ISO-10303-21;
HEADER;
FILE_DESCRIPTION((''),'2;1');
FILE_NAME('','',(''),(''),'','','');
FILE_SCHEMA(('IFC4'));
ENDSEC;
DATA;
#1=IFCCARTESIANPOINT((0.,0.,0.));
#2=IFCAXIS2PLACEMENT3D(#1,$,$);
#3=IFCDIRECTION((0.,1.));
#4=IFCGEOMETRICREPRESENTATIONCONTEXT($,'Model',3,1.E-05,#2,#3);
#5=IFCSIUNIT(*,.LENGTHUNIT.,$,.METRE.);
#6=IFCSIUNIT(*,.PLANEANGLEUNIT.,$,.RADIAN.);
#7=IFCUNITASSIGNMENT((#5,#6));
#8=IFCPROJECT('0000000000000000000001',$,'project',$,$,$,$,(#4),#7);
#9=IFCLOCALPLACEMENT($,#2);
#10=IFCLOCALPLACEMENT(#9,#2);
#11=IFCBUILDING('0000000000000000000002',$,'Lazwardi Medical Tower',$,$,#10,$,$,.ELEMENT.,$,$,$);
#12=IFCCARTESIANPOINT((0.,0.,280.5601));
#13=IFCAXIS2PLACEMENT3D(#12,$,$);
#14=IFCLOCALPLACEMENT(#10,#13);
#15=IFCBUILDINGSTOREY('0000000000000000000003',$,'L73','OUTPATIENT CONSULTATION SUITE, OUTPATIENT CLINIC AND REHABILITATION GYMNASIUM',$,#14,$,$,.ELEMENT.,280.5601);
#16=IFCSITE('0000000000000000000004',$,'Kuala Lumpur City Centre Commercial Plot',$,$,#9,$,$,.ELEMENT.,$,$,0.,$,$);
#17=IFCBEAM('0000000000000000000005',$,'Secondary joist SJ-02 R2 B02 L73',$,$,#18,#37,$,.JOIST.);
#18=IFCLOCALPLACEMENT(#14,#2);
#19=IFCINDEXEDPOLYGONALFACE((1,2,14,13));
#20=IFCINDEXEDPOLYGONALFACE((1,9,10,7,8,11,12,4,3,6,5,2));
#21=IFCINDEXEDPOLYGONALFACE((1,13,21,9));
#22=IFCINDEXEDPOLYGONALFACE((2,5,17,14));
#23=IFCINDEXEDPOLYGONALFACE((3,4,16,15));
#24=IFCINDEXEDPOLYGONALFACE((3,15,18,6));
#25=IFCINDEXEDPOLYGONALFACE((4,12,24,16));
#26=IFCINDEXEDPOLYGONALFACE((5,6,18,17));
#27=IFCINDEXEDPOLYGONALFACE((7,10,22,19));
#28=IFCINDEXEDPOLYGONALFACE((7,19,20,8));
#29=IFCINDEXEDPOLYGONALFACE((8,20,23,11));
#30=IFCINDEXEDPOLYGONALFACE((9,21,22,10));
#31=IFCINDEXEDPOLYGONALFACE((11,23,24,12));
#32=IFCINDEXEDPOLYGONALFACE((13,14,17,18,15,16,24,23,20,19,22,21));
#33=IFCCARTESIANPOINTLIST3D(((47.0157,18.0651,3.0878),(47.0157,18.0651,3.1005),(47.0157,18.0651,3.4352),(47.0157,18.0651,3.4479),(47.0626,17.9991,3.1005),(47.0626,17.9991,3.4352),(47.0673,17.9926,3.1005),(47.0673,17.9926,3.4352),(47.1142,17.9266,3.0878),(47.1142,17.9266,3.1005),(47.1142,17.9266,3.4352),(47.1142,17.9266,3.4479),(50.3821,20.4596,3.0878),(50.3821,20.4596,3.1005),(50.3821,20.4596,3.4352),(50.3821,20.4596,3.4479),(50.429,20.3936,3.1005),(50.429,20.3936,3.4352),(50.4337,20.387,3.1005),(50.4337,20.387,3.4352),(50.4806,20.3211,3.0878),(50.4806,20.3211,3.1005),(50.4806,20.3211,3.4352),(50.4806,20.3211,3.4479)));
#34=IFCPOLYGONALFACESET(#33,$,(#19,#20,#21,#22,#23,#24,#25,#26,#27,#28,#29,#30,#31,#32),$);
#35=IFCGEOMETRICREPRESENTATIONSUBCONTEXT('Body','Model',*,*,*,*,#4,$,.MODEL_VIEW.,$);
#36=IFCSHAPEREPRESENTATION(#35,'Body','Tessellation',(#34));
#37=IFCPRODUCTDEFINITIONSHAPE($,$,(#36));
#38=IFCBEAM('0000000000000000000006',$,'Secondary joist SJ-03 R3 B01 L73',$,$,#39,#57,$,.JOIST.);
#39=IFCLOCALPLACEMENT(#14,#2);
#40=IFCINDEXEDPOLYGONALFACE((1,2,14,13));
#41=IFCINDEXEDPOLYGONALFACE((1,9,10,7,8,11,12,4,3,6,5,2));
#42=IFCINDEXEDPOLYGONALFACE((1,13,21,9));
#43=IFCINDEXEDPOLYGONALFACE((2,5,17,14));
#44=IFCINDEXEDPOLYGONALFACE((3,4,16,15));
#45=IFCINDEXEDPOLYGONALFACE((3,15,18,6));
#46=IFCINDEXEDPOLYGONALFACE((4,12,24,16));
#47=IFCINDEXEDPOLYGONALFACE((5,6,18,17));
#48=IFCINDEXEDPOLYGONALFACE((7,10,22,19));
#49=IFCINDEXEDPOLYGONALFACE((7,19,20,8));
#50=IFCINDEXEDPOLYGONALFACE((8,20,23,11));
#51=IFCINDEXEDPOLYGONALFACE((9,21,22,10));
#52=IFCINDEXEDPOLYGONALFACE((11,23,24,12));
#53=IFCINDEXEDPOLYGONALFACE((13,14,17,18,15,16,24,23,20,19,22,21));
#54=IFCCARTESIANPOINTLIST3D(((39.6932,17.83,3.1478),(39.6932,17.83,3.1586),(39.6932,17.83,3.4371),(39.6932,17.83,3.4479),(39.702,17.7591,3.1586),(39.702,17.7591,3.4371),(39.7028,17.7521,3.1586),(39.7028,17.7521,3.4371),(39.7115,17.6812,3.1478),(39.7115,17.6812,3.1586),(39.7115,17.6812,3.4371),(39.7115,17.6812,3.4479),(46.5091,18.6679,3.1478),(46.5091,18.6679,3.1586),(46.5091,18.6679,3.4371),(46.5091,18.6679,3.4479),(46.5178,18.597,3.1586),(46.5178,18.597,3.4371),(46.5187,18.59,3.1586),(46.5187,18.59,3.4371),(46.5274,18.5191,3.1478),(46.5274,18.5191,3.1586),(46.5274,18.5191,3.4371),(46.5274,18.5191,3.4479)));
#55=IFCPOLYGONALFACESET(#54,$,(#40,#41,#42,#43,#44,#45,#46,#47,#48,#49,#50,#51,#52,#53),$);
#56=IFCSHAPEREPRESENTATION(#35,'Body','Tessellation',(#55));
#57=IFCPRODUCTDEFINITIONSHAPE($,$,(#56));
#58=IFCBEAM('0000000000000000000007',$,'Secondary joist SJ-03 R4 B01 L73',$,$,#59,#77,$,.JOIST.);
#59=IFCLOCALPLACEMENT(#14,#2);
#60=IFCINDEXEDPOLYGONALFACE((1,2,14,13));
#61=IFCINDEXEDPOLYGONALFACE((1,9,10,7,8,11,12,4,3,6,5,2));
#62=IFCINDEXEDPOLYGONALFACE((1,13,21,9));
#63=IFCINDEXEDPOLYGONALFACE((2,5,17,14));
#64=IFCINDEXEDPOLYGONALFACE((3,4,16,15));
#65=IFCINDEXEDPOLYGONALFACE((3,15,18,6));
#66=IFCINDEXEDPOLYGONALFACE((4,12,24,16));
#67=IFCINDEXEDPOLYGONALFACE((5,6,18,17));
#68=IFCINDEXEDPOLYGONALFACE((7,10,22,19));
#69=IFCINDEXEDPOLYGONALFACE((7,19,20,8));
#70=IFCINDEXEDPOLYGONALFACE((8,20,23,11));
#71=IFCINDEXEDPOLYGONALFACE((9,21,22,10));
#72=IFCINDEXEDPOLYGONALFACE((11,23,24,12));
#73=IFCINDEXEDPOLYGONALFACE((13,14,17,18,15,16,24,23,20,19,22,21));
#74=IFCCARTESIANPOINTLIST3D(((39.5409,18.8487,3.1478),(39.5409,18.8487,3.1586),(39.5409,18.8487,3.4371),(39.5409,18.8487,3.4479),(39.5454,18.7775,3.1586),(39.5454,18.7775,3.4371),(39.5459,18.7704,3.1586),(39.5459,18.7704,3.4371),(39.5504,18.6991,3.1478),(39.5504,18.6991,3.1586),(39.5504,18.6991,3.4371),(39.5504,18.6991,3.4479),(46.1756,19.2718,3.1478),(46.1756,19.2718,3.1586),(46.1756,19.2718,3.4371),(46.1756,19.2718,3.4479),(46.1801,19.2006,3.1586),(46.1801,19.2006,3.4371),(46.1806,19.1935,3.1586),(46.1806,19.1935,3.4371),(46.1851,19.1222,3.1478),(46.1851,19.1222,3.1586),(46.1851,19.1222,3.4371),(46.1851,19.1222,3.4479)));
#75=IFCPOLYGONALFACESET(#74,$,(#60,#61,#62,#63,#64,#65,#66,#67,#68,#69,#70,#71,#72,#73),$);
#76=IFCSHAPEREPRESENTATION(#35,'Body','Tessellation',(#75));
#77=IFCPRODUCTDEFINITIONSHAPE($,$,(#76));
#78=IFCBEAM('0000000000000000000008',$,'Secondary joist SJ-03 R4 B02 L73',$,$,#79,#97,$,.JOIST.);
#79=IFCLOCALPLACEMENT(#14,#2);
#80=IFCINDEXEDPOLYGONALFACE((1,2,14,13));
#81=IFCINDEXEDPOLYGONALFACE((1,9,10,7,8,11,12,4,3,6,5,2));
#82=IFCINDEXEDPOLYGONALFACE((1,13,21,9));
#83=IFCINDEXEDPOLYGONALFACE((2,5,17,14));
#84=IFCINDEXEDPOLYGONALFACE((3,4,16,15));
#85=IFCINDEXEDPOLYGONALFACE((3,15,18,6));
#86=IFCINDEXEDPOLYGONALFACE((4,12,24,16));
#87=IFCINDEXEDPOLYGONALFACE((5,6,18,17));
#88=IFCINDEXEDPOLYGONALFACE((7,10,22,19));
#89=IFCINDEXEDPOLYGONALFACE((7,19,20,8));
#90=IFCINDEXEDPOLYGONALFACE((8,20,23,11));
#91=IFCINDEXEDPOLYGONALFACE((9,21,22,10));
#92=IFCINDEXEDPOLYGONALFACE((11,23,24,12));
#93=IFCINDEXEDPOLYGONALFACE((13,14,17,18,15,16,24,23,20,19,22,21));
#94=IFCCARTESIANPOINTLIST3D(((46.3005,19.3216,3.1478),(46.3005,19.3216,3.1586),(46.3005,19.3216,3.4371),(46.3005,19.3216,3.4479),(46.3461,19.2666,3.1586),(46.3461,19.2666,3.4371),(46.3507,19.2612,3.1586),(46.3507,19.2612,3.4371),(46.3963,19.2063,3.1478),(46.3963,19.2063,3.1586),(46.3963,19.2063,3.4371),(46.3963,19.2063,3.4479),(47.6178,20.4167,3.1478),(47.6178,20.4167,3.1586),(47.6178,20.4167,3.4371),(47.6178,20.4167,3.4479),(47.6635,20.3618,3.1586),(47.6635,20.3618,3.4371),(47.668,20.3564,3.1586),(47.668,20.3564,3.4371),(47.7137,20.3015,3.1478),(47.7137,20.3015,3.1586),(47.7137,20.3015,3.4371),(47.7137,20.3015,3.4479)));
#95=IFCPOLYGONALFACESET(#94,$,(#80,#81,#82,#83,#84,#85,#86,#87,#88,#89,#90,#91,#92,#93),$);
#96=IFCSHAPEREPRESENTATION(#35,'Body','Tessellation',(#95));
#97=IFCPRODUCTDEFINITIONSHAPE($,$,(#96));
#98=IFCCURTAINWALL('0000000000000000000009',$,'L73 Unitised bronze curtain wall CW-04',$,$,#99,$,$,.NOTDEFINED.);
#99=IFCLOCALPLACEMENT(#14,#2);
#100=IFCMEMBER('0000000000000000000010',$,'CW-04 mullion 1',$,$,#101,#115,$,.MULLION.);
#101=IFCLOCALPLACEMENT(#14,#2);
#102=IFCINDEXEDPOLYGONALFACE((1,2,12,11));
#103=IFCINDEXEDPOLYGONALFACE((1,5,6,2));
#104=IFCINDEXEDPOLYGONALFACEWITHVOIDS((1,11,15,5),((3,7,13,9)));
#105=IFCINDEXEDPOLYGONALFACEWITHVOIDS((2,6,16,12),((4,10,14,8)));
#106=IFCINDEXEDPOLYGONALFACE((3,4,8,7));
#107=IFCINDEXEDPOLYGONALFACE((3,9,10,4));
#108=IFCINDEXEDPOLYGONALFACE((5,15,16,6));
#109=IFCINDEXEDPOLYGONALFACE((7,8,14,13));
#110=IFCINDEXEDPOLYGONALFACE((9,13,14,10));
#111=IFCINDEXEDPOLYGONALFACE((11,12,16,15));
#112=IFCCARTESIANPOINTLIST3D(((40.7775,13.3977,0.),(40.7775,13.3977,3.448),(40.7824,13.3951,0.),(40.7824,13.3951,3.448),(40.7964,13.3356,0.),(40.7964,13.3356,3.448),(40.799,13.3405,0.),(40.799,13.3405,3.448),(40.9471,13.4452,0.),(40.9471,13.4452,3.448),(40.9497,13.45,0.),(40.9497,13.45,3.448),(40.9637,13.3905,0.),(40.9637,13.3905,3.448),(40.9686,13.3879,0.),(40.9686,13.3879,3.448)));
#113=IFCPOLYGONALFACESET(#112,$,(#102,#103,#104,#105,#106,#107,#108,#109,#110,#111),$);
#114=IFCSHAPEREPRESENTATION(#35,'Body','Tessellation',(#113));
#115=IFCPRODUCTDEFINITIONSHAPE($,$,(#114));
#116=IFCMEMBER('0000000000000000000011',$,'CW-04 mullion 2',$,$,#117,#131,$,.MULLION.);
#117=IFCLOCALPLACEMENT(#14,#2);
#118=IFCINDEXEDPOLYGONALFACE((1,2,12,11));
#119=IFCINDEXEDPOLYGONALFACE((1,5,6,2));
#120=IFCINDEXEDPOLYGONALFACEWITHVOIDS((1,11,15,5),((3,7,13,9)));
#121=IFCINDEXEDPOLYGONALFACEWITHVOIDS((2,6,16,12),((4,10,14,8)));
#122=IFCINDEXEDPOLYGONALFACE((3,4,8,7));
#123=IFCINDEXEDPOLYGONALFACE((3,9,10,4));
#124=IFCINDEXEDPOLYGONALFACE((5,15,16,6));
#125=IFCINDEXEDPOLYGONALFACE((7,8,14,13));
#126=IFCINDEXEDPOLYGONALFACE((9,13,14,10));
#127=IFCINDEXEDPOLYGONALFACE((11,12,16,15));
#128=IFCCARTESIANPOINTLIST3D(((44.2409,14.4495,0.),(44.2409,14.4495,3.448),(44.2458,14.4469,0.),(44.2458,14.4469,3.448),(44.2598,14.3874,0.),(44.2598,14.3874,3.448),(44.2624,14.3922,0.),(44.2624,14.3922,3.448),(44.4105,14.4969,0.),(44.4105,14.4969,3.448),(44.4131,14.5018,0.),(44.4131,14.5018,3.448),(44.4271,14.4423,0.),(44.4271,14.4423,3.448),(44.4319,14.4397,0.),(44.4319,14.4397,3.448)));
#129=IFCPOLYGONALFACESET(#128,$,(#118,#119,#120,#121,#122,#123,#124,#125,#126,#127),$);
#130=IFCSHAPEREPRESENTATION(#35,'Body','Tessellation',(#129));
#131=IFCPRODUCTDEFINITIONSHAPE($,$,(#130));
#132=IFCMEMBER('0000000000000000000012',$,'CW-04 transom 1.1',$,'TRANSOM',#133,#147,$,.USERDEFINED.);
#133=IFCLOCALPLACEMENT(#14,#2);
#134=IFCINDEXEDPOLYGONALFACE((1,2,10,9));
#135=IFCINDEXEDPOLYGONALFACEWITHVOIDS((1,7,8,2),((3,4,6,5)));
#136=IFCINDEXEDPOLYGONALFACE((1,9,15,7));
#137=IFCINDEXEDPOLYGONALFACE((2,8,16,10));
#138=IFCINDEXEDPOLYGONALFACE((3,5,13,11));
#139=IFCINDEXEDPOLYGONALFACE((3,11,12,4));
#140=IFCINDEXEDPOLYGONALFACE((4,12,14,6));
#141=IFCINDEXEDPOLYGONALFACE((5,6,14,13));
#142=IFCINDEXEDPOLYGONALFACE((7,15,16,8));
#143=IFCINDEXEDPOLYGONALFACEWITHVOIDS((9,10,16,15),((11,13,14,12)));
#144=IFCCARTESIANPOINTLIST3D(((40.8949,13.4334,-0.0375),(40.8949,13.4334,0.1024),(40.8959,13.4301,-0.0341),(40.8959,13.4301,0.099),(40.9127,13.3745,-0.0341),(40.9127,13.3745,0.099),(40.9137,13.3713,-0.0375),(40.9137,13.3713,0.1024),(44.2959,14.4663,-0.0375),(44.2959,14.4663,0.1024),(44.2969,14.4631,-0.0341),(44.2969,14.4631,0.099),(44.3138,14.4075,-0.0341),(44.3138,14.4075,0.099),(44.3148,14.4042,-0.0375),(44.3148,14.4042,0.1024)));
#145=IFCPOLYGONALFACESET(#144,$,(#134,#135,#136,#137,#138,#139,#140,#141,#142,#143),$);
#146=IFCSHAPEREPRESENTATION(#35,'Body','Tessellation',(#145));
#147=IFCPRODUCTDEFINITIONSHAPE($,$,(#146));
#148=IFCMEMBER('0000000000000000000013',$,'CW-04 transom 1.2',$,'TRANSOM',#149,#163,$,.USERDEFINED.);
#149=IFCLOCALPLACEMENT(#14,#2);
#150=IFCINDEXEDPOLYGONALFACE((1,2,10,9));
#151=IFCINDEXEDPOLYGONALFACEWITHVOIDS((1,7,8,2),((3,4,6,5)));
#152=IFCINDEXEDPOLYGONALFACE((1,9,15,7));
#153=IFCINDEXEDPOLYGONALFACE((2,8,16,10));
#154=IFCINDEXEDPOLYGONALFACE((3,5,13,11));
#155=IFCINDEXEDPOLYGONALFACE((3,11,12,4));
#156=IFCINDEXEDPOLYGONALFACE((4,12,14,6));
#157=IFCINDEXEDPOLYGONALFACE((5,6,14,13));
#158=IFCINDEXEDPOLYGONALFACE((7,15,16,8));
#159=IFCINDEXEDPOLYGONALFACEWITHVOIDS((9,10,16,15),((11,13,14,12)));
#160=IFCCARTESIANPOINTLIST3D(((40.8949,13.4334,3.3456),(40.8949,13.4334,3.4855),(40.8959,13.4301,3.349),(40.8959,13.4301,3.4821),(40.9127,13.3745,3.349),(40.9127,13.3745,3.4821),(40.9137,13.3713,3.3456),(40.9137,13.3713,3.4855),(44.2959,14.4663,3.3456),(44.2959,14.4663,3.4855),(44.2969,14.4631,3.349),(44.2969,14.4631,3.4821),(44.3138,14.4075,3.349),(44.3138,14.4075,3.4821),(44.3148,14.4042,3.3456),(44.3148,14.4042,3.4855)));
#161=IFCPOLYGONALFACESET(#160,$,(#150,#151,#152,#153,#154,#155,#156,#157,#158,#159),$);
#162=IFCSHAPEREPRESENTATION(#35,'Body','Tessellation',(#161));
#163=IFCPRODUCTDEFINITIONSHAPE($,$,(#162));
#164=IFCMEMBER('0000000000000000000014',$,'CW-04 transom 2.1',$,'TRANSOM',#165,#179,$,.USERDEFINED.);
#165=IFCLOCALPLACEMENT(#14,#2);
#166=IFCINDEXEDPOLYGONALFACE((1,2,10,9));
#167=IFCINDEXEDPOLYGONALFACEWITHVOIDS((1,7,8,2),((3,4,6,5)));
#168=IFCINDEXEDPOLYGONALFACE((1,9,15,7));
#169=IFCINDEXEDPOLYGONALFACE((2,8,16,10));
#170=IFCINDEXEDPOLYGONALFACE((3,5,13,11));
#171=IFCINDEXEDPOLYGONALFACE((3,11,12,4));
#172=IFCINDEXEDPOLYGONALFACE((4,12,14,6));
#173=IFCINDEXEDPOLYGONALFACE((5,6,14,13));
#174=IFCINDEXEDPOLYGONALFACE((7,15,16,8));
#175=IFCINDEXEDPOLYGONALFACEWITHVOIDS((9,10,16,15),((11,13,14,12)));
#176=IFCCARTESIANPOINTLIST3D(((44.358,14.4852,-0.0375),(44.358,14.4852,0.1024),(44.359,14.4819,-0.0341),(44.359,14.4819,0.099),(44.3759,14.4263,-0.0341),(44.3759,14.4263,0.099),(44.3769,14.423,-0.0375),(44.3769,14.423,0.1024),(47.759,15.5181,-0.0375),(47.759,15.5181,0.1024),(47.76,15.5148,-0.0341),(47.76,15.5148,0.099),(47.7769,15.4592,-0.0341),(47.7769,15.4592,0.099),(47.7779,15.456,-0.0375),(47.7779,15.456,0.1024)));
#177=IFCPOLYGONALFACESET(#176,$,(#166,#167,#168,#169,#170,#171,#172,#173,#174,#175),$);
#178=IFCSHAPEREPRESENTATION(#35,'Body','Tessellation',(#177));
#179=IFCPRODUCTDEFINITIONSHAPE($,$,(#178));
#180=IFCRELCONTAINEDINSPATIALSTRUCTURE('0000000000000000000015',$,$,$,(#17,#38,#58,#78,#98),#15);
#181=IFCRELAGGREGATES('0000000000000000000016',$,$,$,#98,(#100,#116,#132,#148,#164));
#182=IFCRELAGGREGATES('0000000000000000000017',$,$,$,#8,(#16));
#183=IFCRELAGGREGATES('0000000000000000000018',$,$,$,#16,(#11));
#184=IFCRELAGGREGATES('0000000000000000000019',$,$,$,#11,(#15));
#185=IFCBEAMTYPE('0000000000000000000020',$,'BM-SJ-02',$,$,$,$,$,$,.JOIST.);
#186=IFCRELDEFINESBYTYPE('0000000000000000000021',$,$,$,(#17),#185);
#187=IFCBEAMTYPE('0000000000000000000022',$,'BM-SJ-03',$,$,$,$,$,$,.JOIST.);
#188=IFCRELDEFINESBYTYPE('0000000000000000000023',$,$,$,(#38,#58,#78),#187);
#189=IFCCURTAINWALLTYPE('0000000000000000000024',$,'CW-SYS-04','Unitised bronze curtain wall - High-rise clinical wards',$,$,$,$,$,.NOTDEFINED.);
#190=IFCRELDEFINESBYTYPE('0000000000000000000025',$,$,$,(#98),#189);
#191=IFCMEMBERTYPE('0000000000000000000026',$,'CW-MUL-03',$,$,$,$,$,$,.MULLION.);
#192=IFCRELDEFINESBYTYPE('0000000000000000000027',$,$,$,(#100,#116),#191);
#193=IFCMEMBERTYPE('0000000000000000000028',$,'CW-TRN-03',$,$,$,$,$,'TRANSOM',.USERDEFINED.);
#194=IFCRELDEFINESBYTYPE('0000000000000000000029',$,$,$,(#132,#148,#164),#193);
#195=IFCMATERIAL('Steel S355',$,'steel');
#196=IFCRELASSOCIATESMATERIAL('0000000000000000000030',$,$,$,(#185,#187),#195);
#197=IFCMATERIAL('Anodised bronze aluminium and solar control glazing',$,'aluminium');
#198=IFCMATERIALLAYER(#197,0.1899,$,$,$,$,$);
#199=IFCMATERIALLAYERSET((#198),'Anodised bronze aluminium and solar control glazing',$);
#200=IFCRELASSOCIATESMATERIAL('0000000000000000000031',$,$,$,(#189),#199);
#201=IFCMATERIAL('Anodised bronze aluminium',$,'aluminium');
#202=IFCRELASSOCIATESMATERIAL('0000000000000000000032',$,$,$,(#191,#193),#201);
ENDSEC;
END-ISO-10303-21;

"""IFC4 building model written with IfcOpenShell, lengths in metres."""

from ifc_helpers import new_model, si_unit, direction, frame, origin, origin_2d, place, context, subcontext, project, spatial, hollow_rectangle, i_section, extrude, material, layer, layer_set, material_profile, profile_set, type_object, element, aggregate, save


model = new_model("IFC4")

# Units and contexts
model_context = context("Model", 3, precision=1e-05, world=origin(), true_north=direction((0.0, 1.0)))
body_context = subcontext(model_context, "Body", "Model", "MODEL_VIEW")
ifc_project = project(units=[si_unit("LENGTHUNIT", "METRE"), si_unit("PLANEANGLEUNIT", "RADIAN")], contexts=[model_context])

# Site, building, storey
site_placement = place(None, origin())
site = spatial("IfcSite", under=ifc_project, at=site_placement, Name="Kuala Lumpur City Centre Commercial Plot", CompositionType="ELEMENT", RefElevation=0.0)
building_placement = place(site_placement, origin())
building = spatial("IfcBuilding", under=site, at=building_placement, Name="Lazwardi Medical Tower", CompositionType="ELEMENT")
storey_placement = place(building_placement, frame((0.0, 0.0, 280.5601)))
storey = spatial("IfcBuildingStorey", under=building, at=storey_placement, Name="L73", Description="OUTPATIENT CONSULTATION SUITE, OUTPATIENT CLINIC AND REHABILITATION GYMNASIUM", CompositionType="ELEMENT", Elevation=280.5601)

# Beams
ifc_material_1 = material(Name="Steel S355", Category="steel")
ifc_material_profile_1 = material_profile(ifc_material_1, i_section(OverallWidth=0.1699, OverallDepth=0.3601, WebThickness=0.0081, FlangeThickness=0.0127, at=origin_2d()), Name="IPE 360")
ifc_profile_set_1 = profile_set([ifc_material_profile_1], Name="Steel S355")
beam_type_1 = type_object("IfcBeamType", Name="BM-SJ-02", PredefinedType="JOIST", material=ifc_profile_set_1)
beam_1_placement = place(storey_placement, frame((47.0649, 17.9958, 3.2678), z_axis=(0.814886, 0.579621, 0.0), x_axis=(-0.579621, 0.814886, 0.0)))
element("IfcBeam", 1, at=beam_1_placement, inside=storey, type_object=beam_type_1, Name="Secondary joist SJ-02 R2 B02 L73", PredefinedType="JOIST", context=body_context, shape_type="SweptSolid", body=[
    extrude(i_section(OverallWidth=0.1699, OverallDepth=0.3601, WebThickness=0.0081, FlangeThickness=0.0127, at=origin_2d()), origin(), (0.0, 0.0, 1.0), 4.1311),
])
ifc_material_profile_2 = material_profile(ifc_material_1, i_section(OverallWidth=0.1499, OverallDepth=0.3, WebThickness=0.0071, FlangeThickness=0.0107, at=origin_2d()), Name="IPE 300")
ifc_profile_set_2 = profile_set([ifc_material_profile_2], Name="Steel S355")
beam_type_2 = type_object("IfcBeamType", Name="BM-SJ-03", PredefinedType="JOIST", material=ifc_profile_set_2)
beam_2_placement = place(storey_placement, frame((39.7024, 17.7556, 3.2979), z_axis=(0.992529, 0.122013, 0.0), x_axis=(-0.122013, 0.992529, 0.0)))
element("IfcBeam", 2, at=beam_2_placement, inside=storey, type_object=beam_type_2, Name="Secondary joist SJ-03 R3 B01 L73", PredefinedType="JOIST", context=body_context, shape_type="SweptSolid", body=[
    extrude(i_section(OverallWidth=0.1499, OverallDepth=0.3, WebThickness=0.0071, FlangeThickness=0.0107, at=origin_2d()), origin(), (0.0, 0.0, 1.0), 6.8672),
])
beam_3_placement = place(storey_placement, frame((39.5457, 18.7739, 3.2979), z_axis=(0.997973, 0.06364, 0.0), x_axis=(-0.06364, 0.997973, 0.0)))
element("IfcBeam", 3, at=beam_3_placement, inside=storey, type_object=beam_type_2, Name="Secondary joist SJ-03 R4 B01 L73", PredefinedType="JOIST", context=body_context, shape_type="SweptSolid", body=[
    extrude(i_section(OverallWidth=0.1499, OverallDepth=0.3, WebThickness=0.0071, FlangeThickness=0.0107, at=origin_2d()), origin(), (0.0, 0.0, 1.0), 6.6482),
])
beam_4_placement = place(storey_placement, frame((46.3484, 19.2639, 3.2979), z_axis=(0.768968, 0.639287, 0.0), x_axis=(-0.639287, 0.768968, 0.0)))
element("IfcBeam", 4, at=beam_4_placement, inside=storey, type_object=beam_type_2, Name="Secondary joist SJ-03 R4 B02 L73", PredefinedType="JOIST", context=body_context, shape_type="SweptSolid", body=[
    extrude(i_section(OverallWidth=0.1499, OverallDepth=0.3, WebThickness=0.0071, FlangeThickness=0.0107, at=origin_2d()), origin(), (0.0, 0.0, 1.0), 1.7131),
])

# Curtain wall, members
ifc_material_2 = material(Name="Anodised bronze aluminium and solar control glazing", Category="aluminium")
ifc_layer_1 = layer(ifc_material_2, 0.1899)
ifc_layer_set_1 = layer_set([ifc_layer_1], Name="Anodised bronze aluminium and solar control glazing")
curtain_wall_type = type_object("IfcCurtainWallType", Name="CW-SYS-04", Description="Unitised bronze curtain wall - High-rise clinical wards", PredefinedType="NOTDEFINED", material=ifc_layer_set_1)
curtain_wall_placement = place(storey_placement, origin())
curtain_wall = element("IfcCurtainWall", 5, at=curtain_wall_placement, inside=storey, type_object=curtain_wall_type, Name="L73 Unitised bronze curtain wall CW-04", PredefinedType="NOTDEFINED")
ifc_material_3 = material(Name="Anodised bronze aluminium", Category="aluminium")
ifc_material_profile_3 = material_profile(ifc_material_3, hollow_rectangle(XDim=0.0649, YDim=0.1799, WallThickness=0.0039, at=origin_2d()), Name="ALU-MULLION 180x65x4")
ifc_profile_set_3 = profile_set([ifc_material_profile_3], Name="Anodised bronze aluminium")
member_type_1 = type_object("IfcMemberType", Name="CW-MUL-03", PredefinedType="MULLION", material=ifc_profile_set_3)
member_1_placement = place(storey_placement, frame((40.873, 13.3928, 0.0), z_axis=(0.0, 0.0, 1.0), x_axis=(-0.290582, 0.95685, 0.0)))
member_1 = element("IfcMember", 6, at=member_1_placement, type_object=member_type_1, Name="CW-04 mullion 1", PredefinedType="MULLION", context=body_context, shape_type="SweptSolid", body=[
    extrude(hollow_rectangle(XDim=0.0649, YDim=0.1799, WallThickness=0.0039, at=origin_2d()), origin(), (0.0, 0.0, 1.0), 3.448),
])
member_2_placement = place(storey_placement, frame((44.3364, 14.4446, 0.0), z_axis=(0.0, 0.0, 1.0), x_axis=(-0.290582, 0.95685, 0.0)))
member_2 = element("IfcMember", 7, at=member_2_placement, type_object=member_type_1, Name="CW-04 mullion 2", PredefinedType="MULLION", context=body_context, shape_type="SweptSolid", body=[
    extrude(hollow_rectangle(XDim=0.0649, YDim=0.1799, WallThickness=0.0039, at=origin_2d()), origin(), (0.0, 0.0, 1.0), 3.448),
])
ifc_material_profile_4 = material_profile(ifc_material_3, hollow_rectangle(XDim=0.0649, YDim=0.1399, WallThickness=0.0034, at=origin_2d()), Name="ALU-TRANSOM 140x65x3.5")
ifc_profile_set_4 = profile_set([ifc_material_profile_4], Name="Anodised bronze aluminium")
member_type_2 = type_object("IfcMemberType", Name="CW-TRN-03", ElementType="TRANSOM", PredefinedType="USERDEFINED", material=ifc_profile_set_4)
member_3_placement = place(storey_placement, frame((40.9043, 13.4023, 0.0325), z_axis=(0.956843, 0.290604, 0.0), x_axis=(-0.290604, 0.956843, 0.0)))
member_3 = element("IfcMember", 8, at=member_3_placement, type_object=member_type_2, Name="CW-04 transom 1.1", ObjectType="TRANSOM", PredefinedType="USERDEFINED", context=body_context, shape_type="SweptSolid", body=[
    extrude(hollow_rectangle(XDim=0.0649, YDim=0.1399, WallThickness=0.0034, at=origin_2d()), origin(), (0.0, 0.0, 1.0), 3.5544),
])
member_4_placement = place(storey_placement, frame((40.9043, 13.4023, 3.4155), z_axis=(0.956843, 0.290604, 0.0), x_axis=(-0.290604, 0.956843, 0.0)))
member_4 = element("IfcMember", 9, at=member_4_placement, type_object=member_type_2, Name="CW-04 transom 1.2", ObjectType="TRANSOM", PredefinedType="USERDEFINED", context=body_context, shape_type="SweptSolid", body=[
    extrude(hollow_rectangle(XDim=0.0649, YDim=0.1399, WallThickness=0.0034, at=origin_2d()), origin(), (0.0, 0.0, 1.0), 3.5544),
])
member_5_placement = place(storey_placement, frame((44.3674, 14.4541, 0.0325), z_axis=(0.956843, 0.290604, 0.0), x_axis=(-0.290604, 0.956843, 0.0)))
member_5 = element("IfcMember", 10, at=member_5_placement, type_object=member_type_2, Name="CW-04 transom 2.1", ObjectType="TRANSOM", PredefinedType="USERDEFINED", context=body_context, shape_type="SweptSolid", body=[
    extrude(hollow_rectangle(XDim=0.0649, YDim=0.1399, WallThickness=0.0034, at=origin_2d()), origin(), (0.0, 0.0, 1.0), 3.5544),
])
aggregate(curtain_wall, [member_1, member_2, member_3, member_4, member_5])

save(model, "model.ifc")
